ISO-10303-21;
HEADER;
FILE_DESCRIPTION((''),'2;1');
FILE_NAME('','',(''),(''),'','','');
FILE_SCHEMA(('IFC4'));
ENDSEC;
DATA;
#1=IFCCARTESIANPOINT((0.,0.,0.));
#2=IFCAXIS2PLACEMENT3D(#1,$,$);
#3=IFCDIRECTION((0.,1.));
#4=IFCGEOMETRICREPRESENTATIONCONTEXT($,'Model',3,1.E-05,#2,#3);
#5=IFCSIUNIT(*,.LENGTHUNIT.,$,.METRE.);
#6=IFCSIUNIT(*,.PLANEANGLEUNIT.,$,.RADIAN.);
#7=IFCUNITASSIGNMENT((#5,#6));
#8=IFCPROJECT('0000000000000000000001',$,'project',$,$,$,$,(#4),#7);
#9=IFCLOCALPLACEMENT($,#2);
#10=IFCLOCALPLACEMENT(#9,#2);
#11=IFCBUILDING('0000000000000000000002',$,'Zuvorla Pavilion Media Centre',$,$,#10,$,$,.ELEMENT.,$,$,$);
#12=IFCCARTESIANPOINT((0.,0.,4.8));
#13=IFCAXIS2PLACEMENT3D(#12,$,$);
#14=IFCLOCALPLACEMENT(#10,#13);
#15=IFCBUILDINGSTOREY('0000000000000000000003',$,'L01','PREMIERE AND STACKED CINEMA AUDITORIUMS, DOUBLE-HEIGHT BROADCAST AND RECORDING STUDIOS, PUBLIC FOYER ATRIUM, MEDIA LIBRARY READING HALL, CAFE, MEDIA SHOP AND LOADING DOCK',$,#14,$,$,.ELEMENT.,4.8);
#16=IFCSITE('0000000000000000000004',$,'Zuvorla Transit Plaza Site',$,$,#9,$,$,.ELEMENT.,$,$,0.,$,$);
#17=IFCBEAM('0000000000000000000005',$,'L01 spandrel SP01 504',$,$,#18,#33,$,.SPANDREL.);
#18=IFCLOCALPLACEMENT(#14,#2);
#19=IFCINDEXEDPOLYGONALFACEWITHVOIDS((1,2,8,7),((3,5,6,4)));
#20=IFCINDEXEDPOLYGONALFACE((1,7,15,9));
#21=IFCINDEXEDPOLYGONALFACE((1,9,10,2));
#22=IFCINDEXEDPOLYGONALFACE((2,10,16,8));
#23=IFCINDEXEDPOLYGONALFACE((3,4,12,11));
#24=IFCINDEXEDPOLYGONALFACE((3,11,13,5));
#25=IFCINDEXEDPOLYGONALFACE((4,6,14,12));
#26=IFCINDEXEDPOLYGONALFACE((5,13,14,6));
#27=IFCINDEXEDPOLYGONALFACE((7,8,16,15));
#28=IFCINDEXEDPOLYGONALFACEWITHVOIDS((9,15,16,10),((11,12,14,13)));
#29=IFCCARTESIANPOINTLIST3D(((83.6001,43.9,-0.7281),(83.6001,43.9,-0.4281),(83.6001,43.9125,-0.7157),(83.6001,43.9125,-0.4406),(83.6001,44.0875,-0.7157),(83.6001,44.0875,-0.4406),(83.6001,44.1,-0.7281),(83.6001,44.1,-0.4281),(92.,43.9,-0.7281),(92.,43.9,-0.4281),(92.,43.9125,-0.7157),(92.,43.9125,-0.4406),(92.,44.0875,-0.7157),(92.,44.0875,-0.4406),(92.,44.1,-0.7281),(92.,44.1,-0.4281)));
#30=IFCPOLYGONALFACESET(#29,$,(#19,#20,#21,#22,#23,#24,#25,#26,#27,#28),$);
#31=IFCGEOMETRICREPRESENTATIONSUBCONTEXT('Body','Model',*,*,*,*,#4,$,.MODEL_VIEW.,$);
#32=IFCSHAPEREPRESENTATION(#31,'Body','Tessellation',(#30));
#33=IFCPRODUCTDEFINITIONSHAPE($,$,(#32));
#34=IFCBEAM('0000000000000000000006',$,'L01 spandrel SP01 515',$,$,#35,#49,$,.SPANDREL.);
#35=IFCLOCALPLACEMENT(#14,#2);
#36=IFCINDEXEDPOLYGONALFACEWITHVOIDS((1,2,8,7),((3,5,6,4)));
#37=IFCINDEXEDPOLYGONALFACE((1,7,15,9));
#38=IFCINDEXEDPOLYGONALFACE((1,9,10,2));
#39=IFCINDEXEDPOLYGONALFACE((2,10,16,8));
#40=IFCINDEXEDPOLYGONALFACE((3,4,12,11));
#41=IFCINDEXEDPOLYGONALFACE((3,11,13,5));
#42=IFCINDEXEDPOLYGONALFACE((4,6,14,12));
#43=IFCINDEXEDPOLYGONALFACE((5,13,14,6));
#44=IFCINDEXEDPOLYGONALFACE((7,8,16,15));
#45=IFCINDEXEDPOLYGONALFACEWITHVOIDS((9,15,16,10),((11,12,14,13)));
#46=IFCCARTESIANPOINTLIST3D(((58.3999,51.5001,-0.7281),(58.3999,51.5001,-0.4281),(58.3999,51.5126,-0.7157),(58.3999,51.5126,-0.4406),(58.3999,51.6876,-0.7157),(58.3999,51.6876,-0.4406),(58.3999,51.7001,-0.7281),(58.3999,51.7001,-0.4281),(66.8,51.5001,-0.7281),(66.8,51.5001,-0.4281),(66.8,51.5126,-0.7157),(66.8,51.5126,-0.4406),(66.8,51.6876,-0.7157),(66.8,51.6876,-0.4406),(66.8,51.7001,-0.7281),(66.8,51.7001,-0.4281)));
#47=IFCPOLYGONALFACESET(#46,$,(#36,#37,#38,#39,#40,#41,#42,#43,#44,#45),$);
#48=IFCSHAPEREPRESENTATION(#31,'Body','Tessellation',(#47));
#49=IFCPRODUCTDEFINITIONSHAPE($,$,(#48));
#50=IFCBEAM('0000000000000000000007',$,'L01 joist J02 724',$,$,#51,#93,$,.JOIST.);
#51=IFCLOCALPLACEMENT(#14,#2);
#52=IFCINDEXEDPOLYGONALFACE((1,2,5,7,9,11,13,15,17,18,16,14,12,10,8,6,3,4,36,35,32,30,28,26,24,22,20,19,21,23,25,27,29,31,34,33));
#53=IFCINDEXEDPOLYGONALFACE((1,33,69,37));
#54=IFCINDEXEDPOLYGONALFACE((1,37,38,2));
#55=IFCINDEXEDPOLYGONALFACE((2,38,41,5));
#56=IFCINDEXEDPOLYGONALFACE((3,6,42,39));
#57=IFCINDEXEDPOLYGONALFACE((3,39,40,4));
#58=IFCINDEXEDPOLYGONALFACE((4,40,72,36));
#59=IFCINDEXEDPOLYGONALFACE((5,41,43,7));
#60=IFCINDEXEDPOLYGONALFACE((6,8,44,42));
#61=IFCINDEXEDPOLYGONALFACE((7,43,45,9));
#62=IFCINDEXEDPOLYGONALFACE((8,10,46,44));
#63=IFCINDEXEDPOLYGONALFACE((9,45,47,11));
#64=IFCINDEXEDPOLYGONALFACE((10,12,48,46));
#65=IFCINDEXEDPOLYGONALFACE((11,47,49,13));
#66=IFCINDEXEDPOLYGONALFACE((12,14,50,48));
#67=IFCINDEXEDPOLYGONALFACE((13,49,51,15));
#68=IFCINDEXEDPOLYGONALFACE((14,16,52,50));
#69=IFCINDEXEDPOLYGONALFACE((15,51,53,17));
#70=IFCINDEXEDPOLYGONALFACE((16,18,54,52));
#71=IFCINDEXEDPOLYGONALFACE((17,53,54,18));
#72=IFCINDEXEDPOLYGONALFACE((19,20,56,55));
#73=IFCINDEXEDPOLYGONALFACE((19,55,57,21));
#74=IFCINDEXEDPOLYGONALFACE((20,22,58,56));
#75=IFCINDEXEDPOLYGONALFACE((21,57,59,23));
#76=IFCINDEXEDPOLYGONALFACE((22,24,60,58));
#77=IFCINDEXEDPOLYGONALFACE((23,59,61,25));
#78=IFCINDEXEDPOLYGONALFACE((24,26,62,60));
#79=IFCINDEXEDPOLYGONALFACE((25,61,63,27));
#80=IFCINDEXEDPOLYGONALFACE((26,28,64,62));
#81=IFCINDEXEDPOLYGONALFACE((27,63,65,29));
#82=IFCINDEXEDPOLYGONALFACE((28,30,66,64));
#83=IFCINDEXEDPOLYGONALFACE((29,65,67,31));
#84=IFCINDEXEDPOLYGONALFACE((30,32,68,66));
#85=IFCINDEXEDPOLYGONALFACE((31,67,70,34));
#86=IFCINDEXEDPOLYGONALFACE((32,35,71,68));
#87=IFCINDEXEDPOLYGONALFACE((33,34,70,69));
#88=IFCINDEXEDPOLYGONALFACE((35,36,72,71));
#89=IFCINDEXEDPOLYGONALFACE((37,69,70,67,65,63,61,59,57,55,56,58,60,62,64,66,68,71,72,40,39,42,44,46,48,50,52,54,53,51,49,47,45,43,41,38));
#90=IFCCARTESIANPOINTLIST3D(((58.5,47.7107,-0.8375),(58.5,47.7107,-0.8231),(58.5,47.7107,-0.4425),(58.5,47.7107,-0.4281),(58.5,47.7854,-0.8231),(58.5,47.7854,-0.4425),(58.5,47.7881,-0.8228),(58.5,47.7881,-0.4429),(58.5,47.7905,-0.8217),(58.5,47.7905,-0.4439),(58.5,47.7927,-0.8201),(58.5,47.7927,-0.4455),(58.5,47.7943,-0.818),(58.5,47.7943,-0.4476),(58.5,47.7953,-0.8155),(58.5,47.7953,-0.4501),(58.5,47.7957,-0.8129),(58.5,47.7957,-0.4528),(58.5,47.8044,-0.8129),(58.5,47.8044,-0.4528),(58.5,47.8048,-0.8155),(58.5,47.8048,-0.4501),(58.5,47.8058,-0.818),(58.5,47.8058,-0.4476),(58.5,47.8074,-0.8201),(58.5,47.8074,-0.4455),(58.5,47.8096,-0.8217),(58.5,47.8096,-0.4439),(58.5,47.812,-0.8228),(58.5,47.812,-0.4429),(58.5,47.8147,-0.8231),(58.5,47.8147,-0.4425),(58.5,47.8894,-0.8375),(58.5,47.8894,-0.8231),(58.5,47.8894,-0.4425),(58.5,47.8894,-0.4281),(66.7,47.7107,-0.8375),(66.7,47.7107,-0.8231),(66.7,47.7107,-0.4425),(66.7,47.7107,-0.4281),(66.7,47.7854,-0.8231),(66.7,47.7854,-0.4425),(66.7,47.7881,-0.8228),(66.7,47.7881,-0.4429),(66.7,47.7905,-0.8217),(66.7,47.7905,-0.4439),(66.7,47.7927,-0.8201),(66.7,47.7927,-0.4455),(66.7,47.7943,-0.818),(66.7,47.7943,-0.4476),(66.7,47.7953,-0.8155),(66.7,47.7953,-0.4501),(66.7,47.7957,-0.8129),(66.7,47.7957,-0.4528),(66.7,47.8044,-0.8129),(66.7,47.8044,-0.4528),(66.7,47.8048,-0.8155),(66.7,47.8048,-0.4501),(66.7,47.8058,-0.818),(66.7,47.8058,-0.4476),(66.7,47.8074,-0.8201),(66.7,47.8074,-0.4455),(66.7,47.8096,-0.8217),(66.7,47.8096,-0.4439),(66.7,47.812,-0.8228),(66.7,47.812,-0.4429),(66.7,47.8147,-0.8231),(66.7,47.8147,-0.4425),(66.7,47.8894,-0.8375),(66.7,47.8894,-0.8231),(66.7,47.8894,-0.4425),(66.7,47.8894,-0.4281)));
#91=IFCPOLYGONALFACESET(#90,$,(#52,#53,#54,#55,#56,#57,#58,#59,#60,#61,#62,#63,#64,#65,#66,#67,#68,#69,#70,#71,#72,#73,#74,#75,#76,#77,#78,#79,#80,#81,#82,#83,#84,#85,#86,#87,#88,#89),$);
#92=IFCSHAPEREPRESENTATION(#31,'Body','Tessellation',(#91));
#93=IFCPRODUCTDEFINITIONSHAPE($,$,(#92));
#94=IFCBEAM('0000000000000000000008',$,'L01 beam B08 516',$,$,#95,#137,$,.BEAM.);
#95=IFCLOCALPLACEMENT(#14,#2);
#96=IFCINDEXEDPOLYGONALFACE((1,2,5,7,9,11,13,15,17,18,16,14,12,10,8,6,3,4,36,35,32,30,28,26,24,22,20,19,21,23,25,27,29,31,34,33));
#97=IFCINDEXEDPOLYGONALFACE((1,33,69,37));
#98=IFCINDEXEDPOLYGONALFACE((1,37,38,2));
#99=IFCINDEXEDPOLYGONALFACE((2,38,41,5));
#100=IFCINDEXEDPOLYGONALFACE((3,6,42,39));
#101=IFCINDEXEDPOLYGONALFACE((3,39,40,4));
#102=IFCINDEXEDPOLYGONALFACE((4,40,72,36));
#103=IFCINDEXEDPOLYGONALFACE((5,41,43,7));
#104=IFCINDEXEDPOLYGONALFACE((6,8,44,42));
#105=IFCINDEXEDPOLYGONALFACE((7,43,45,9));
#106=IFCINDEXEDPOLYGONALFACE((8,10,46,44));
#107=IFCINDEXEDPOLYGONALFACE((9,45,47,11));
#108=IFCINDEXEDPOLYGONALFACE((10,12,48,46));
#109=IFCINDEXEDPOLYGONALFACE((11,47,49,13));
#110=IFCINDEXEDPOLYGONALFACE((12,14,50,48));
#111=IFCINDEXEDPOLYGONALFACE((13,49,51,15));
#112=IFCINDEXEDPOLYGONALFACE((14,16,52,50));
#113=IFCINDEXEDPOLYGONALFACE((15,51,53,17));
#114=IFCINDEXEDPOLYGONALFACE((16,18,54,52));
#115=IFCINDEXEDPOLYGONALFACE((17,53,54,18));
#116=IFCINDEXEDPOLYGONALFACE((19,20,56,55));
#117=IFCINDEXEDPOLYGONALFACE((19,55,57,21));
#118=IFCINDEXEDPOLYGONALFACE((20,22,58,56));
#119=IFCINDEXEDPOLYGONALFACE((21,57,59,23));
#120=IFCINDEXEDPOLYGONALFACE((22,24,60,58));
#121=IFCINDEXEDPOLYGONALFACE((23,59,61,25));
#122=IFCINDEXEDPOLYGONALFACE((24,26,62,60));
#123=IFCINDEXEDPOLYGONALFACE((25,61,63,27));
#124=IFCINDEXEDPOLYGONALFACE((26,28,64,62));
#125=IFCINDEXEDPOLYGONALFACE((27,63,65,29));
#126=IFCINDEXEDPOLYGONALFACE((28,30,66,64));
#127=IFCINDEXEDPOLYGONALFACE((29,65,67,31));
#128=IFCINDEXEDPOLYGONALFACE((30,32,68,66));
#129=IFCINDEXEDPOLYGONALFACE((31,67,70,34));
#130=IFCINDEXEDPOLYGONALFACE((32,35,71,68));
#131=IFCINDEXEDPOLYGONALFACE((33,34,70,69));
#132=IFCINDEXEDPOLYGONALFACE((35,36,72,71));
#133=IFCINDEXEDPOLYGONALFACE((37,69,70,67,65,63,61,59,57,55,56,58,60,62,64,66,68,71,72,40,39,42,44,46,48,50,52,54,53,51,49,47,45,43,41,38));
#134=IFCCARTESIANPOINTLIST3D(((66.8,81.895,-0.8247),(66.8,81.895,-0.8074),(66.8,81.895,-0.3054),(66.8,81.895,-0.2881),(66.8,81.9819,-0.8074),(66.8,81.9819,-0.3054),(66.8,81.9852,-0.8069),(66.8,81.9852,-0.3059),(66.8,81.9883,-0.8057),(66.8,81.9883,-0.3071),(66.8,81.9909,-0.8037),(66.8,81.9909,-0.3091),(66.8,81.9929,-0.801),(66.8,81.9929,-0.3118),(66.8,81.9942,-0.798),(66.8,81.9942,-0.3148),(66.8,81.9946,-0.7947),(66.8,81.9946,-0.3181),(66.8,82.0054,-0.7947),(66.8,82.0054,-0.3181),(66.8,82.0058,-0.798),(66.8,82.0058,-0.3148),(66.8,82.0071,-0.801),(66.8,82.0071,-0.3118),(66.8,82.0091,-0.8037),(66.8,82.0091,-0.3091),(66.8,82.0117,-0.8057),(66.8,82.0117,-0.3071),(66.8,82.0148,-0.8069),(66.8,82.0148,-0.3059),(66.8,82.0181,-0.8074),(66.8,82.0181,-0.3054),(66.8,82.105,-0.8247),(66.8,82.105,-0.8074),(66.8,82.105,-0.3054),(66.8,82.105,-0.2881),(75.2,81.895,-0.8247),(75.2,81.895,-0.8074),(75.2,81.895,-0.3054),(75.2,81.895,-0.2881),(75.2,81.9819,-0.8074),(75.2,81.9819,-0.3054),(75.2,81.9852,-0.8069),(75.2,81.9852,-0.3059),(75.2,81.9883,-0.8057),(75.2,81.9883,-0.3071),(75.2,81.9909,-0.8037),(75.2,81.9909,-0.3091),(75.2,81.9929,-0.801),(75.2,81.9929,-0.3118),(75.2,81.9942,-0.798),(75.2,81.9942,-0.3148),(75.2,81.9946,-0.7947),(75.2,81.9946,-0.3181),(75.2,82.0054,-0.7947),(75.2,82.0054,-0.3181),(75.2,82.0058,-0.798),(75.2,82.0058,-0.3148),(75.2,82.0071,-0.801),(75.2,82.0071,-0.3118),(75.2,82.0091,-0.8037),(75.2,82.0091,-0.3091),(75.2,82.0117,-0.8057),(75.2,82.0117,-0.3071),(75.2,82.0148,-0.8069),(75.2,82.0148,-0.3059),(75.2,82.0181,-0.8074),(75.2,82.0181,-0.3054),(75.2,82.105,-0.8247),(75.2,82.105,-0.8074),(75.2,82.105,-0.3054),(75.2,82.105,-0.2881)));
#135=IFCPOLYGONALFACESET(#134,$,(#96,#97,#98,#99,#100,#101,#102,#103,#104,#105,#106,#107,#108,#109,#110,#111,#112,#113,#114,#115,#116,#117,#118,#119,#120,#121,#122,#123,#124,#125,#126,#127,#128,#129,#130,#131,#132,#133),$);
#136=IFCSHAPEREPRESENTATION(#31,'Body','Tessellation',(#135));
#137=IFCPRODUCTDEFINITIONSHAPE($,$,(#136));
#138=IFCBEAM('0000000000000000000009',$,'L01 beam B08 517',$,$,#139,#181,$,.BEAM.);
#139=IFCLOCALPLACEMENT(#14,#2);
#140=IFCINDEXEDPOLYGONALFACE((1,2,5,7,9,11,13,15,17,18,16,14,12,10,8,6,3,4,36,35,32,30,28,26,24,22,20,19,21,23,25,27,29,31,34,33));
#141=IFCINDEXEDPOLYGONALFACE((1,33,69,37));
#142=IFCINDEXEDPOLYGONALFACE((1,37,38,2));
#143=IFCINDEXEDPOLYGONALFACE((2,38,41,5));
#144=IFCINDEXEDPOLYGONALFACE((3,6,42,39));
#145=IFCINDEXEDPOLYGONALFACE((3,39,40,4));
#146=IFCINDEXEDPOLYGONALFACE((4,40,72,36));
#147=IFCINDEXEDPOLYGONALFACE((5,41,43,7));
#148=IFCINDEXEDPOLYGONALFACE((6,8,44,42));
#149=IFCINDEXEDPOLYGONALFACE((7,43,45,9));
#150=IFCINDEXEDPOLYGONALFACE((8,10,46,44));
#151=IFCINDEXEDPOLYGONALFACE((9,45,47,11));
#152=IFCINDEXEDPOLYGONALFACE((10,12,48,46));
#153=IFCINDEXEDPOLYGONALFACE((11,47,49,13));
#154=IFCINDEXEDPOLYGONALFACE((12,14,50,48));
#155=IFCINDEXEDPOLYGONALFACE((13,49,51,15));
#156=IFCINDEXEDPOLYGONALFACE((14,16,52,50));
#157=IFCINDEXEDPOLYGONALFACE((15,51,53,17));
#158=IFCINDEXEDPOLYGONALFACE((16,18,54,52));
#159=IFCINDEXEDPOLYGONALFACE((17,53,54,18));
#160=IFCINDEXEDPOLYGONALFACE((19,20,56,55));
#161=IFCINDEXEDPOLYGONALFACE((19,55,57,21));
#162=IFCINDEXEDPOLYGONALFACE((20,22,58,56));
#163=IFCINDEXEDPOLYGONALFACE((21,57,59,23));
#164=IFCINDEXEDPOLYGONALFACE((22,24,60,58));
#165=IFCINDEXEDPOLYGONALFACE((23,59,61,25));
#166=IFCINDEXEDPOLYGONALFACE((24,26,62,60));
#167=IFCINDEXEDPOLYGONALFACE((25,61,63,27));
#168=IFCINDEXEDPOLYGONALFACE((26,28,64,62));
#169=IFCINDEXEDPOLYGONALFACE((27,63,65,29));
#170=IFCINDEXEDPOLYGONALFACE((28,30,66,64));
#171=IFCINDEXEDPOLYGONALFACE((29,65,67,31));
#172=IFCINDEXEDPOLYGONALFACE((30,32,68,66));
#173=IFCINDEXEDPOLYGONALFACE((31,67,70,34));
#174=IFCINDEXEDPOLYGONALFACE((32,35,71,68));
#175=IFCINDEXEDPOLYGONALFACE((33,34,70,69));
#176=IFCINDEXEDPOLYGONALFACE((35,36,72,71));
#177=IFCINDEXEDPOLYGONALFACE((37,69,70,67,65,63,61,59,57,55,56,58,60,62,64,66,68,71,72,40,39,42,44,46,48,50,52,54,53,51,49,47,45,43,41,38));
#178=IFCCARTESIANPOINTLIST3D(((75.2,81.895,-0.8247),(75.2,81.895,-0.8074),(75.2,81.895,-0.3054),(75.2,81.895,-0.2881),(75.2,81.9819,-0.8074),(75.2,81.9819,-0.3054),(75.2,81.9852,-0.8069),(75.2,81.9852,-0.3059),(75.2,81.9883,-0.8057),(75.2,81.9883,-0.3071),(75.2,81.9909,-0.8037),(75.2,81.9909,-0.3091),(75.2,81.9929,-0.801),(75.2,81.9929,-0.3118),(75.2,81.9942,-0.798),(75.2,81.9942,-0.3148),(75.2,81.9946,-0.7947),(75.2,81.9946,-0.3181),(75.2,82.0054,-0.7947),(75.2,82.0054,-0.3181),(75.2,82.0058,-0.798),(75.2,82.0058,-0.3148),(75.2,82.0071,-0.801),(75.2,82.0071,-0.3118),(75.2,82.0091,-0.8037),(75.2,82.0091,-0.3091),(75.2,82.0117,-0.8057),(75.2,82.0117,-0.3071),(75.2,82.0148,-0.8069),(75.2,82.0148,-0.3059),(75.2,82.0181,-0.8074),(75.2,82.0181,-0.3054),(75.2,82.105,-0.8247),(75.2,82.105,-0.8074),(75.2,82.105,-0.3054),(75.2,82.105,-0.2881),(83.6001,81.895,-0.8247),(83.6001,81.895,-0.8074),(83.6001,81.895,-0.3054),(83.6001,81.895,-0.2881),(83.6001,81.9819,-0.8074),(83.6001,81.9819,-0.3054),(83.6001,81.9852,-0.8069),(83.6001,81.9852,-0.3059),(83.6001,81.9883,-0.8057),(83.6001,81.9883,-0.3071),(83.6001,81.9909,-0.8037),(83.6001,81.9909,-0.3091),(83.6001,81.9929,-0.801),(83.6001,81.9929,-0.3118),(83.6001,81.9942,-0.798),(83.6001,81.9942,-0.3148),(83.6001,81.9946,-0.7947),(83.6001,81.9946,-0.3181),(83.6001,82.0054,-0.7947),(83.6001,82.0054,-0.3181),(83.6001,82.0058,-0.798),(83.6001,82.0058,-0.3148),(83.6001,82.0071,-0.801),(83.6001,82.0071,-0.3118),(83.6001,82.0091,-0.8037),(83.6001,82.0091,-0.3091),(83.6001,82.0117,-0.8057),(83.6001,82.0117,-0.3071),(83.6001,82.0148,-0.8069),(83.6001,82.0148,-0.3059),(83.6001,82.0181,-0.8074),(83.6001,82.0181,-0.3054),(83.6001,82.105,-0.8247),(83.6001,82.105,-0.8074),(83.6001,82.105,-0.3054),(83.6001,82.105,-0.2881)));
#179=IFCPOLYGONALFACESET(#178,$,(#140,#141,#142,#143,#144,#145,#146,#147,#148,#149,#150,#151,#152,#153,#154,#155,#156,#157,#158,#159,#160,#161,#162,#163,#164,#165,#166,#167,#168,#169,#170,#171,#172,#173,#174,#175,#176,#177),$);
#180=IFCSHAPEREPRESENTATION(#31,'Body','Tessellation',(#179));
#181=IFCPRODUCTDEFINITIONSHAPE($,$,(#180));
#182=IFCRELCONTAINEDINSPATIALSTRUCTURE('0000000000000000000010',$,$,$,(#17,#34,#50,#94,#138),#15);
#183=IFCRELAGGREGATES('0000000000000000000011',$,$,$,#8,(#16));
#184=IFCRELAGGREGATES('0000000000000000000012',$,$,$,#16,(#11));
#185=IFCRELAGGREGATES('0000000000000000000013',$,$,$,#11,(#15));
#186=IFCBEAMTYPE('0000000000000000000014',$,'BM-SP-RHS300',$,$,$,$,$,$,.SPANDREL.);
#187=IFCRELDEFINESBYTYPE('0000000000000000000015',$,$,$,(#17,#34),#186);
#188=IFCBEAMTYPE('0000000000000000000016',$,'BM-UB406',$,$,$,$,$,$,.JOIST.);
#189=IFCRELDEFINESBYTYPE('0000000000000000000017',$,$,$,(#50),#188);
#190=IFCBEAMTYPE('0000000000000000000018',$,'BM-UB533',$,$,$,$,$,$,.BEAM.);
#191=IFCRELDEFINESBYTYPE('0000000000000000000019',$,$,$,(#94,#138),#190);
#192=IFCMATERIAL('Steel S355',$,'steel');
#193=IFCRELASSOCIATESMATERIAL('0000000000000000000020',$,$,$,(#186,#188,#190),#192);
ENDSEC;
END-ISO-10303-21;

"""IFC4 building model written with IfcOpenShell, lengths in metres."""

from ifc_helpers import new_model, si_unit, direction, frame, origin, origin_2d, place, context, subcontext, project, spatial, hollow_rectangle, i_section, extrude, material, material_profile, profile_set, type_object, element, save


model = new_model("IFC4")

# Units and contexts
model_context = context("Model", 3, precision=1e-05, world=origin(), true_north=direction((0.0, 1.0)))
body_context = subcontext(model_context, "Body", "Model", "MODEL_VIEW")
ifc_project = project(units=[si_unit("LENGTHUNIT", "METRE"), si_unit("PLANEANGLEUNIT", "RADIAN")], contexts=[model_context])

# Site, building, storey
site_placement = place(None, origin())
site = spatial("IfcSite", under=ifc_project, at=site_placement, Name="Zuvorla Transit Plaza Site", CompositionType="ELEMENT", RefElevation=0.0)
building_placement = place(site_placement, origin())
building = spatial("IfcBuilding", under=site, at=building_placement, Name="Zuvorla Pavilion Media Centre", CompositionType="ELEMENT")
storey_placement = place(building_placement, frame((0.0, 0.0, 4.8)))
storey = spatial("IfcBuildingStorey", under=building, at=storey_placement, Name="L01", Description="PREMIERE AND STACKED CINEMA AUDITORIUMS, DOUBLE-HEIGHT BROADCAST AND RECORDING STUDIOS, PUBLIC FOYER ATRIUM, MEDIA LIBRARY READING HALL, CAFE, MEDIA SHOP AND LOADING DOCK", CompositionType="ELEMENT", Elevation=4.8)

# Shared definitions
ifc_material_1 = material(Name="Steel S355", Category="steel")

# Beams
ifc_material_profile_1 = material_profile(ifc_material_1, hollow_rectangle(XDim=0.2, YDim=0.3, WallThickness=0.0125, at=origin_2d()), Name="RHS 300x200x12.5")
ifc_profile_set_1 = profile_set([ifc_material_profile_1], Name="Steel S355")
beam_type_1 = type_object("IfcBeamType", Name="BM-SP-RHS300", PredefinedType="SPANDREL", material=ifc_profile_set_1)
beam_1_placement = place(storey_placement, frame((83.6001, 44.0, -0.5781), z_axis=(1.0, 0.0, 0.0), x_axis=(0.0, 1.0, 0.0)))
element("IfcBeam", 1, at=beam_1_placement, inside=storey, type_object=beam_type_1, Name="L01 spandrel SP01 504", PredefinedType="SPANDREL", context=body_context, shape_type="SweptSolid", body=[
    extrude(hollow_rectangle(XDim=0.2, YDim=0.3, WallThickness=0.0125, at=origin_2d()), origin(), (0.0, 0.0, 1.0), 8.3999),
])
beam_2_placement = place(storey_placement, frame((58.3999, 51.6001, -0.5781), z_axis=(1.0, 0.0, 0.0), x_axis=(0.0, 1.0, 0.0)))
element("IfcBeam", 2, at=beam_2_placement, inside=storey, type_object=beam_type_1, Name="L01 spandrel SP01 515", PredefinedType="SPANDREL", context=body_context, shape_type="SweptSolid", body=[
    extrude(hollow_rectangle(XDim=0.2, YDim=0.3, WallThickness=0.0125, at=origin_2d()), origin(), (0.0, 0.0, 1.0), 8.4001),
])
ifc_material_profile_2 = material_profile(ifc_material_1, i_section(OverallWidth=0.1787, OverallDepth=0.4094, WebThickness=0.0088, FlangeThickness=0.0144, FilletRadius=0.0103, at=origin_2d()), Name="UB 406x178x67")
ifc_profile_set_2 = profile_set([ifc_material_profile_2], Name="Steel S355")
beam_type_2 = type_object("IfcBeamType", Name="BM-UB406", PredefinedType="JOIST", material=ifc_profile_set_2)
beam_3_placement = place(storey_placement, frame((58.5, 47.8, -0.6328), z_axis=(1.0, 0.0, 0.0), x_axis=(0.0, 1.0, 0.0)))
element("IfcBeam", 3, at=beam_3_placement, inside=storey, type_object=beam_type_2, Name="L01 joist J02 724", PredefinedType="JOIST", context=body_context, shape_type="SweptSolid", body=[
    extrude(i_section(OverallWidth=0.1787, OverallDepth=0.4094, WebThickness=0.0088, FlangeThickness=0.0144, FilletRadius=0.0103, at=origin_2d()), origin(), (0.0, 0.0, 1.0), 8.2),
])
ifc_material_profile_3 = material_profile(ifc_material_1, i_section(OverallWidth=0.21, OverallDepth=0.5366, WebThickness=0.0107, FlangeThickness=0.0173, FilletRadius=0.0127, at=origin_2d()), Name="UB 533x210x101")
ifc_profile_set_3 = profile_set([ifc_material_profile_3], Name="Steel S355")
beam_type_3 = type_object("IfcBeamType", Name="BM-UB533", PredefinedType="BEAM", material=ifc_profile_set_3)
beam_4_placement = place(storey_placement, frame((66.8, 82.0, -0.5564), z_axis=(1.0, 0.0, 0.0), x_axis=(0.0, 1.0, 0.0)))
element("IfcBeam", 4, at=beam_4_placement, inside=storey, type_object=beam_type_3, Name="L01 beam B08 516", PredefinedType="BEAM", context=body_context, shape_type="SweptSolid", body=[
    extrude(i_section(OverallWidth=0.21, OverallDepth=0.5366, WebThickness=0.0107, FlangeThickness=0.0173, FilletRadius=0.0127, at=origin_2d()), origin(), (0.0, 0.0, 1.0), 8.3999),
])
beam_5_placement = place(storey_placement, frame((75.2, 82.0, -0.5564), z_axis=(1.0, 0.0, 0.0), x_axis=(0.0, 1.0, 0.0)))
element("IfcBeam", 5, at=beam_5_placement, inside=storey, type_object=beam_type_3, Name="L01 beam B08 517", PredefinedType="BEAM", context=body_context, shape_type="SweptSolid", body=[
    extrude(i_section(OverallWidth=0.21, OverallDepth=0.5366, WebThickness=0.0107, FlangeThickness=0.0173, FilletRadius=0.0127, at=origin_2d()), origin(), (0.0, 0.0, 1.0), 8.4001),
])

save(model, "model.ifc")
